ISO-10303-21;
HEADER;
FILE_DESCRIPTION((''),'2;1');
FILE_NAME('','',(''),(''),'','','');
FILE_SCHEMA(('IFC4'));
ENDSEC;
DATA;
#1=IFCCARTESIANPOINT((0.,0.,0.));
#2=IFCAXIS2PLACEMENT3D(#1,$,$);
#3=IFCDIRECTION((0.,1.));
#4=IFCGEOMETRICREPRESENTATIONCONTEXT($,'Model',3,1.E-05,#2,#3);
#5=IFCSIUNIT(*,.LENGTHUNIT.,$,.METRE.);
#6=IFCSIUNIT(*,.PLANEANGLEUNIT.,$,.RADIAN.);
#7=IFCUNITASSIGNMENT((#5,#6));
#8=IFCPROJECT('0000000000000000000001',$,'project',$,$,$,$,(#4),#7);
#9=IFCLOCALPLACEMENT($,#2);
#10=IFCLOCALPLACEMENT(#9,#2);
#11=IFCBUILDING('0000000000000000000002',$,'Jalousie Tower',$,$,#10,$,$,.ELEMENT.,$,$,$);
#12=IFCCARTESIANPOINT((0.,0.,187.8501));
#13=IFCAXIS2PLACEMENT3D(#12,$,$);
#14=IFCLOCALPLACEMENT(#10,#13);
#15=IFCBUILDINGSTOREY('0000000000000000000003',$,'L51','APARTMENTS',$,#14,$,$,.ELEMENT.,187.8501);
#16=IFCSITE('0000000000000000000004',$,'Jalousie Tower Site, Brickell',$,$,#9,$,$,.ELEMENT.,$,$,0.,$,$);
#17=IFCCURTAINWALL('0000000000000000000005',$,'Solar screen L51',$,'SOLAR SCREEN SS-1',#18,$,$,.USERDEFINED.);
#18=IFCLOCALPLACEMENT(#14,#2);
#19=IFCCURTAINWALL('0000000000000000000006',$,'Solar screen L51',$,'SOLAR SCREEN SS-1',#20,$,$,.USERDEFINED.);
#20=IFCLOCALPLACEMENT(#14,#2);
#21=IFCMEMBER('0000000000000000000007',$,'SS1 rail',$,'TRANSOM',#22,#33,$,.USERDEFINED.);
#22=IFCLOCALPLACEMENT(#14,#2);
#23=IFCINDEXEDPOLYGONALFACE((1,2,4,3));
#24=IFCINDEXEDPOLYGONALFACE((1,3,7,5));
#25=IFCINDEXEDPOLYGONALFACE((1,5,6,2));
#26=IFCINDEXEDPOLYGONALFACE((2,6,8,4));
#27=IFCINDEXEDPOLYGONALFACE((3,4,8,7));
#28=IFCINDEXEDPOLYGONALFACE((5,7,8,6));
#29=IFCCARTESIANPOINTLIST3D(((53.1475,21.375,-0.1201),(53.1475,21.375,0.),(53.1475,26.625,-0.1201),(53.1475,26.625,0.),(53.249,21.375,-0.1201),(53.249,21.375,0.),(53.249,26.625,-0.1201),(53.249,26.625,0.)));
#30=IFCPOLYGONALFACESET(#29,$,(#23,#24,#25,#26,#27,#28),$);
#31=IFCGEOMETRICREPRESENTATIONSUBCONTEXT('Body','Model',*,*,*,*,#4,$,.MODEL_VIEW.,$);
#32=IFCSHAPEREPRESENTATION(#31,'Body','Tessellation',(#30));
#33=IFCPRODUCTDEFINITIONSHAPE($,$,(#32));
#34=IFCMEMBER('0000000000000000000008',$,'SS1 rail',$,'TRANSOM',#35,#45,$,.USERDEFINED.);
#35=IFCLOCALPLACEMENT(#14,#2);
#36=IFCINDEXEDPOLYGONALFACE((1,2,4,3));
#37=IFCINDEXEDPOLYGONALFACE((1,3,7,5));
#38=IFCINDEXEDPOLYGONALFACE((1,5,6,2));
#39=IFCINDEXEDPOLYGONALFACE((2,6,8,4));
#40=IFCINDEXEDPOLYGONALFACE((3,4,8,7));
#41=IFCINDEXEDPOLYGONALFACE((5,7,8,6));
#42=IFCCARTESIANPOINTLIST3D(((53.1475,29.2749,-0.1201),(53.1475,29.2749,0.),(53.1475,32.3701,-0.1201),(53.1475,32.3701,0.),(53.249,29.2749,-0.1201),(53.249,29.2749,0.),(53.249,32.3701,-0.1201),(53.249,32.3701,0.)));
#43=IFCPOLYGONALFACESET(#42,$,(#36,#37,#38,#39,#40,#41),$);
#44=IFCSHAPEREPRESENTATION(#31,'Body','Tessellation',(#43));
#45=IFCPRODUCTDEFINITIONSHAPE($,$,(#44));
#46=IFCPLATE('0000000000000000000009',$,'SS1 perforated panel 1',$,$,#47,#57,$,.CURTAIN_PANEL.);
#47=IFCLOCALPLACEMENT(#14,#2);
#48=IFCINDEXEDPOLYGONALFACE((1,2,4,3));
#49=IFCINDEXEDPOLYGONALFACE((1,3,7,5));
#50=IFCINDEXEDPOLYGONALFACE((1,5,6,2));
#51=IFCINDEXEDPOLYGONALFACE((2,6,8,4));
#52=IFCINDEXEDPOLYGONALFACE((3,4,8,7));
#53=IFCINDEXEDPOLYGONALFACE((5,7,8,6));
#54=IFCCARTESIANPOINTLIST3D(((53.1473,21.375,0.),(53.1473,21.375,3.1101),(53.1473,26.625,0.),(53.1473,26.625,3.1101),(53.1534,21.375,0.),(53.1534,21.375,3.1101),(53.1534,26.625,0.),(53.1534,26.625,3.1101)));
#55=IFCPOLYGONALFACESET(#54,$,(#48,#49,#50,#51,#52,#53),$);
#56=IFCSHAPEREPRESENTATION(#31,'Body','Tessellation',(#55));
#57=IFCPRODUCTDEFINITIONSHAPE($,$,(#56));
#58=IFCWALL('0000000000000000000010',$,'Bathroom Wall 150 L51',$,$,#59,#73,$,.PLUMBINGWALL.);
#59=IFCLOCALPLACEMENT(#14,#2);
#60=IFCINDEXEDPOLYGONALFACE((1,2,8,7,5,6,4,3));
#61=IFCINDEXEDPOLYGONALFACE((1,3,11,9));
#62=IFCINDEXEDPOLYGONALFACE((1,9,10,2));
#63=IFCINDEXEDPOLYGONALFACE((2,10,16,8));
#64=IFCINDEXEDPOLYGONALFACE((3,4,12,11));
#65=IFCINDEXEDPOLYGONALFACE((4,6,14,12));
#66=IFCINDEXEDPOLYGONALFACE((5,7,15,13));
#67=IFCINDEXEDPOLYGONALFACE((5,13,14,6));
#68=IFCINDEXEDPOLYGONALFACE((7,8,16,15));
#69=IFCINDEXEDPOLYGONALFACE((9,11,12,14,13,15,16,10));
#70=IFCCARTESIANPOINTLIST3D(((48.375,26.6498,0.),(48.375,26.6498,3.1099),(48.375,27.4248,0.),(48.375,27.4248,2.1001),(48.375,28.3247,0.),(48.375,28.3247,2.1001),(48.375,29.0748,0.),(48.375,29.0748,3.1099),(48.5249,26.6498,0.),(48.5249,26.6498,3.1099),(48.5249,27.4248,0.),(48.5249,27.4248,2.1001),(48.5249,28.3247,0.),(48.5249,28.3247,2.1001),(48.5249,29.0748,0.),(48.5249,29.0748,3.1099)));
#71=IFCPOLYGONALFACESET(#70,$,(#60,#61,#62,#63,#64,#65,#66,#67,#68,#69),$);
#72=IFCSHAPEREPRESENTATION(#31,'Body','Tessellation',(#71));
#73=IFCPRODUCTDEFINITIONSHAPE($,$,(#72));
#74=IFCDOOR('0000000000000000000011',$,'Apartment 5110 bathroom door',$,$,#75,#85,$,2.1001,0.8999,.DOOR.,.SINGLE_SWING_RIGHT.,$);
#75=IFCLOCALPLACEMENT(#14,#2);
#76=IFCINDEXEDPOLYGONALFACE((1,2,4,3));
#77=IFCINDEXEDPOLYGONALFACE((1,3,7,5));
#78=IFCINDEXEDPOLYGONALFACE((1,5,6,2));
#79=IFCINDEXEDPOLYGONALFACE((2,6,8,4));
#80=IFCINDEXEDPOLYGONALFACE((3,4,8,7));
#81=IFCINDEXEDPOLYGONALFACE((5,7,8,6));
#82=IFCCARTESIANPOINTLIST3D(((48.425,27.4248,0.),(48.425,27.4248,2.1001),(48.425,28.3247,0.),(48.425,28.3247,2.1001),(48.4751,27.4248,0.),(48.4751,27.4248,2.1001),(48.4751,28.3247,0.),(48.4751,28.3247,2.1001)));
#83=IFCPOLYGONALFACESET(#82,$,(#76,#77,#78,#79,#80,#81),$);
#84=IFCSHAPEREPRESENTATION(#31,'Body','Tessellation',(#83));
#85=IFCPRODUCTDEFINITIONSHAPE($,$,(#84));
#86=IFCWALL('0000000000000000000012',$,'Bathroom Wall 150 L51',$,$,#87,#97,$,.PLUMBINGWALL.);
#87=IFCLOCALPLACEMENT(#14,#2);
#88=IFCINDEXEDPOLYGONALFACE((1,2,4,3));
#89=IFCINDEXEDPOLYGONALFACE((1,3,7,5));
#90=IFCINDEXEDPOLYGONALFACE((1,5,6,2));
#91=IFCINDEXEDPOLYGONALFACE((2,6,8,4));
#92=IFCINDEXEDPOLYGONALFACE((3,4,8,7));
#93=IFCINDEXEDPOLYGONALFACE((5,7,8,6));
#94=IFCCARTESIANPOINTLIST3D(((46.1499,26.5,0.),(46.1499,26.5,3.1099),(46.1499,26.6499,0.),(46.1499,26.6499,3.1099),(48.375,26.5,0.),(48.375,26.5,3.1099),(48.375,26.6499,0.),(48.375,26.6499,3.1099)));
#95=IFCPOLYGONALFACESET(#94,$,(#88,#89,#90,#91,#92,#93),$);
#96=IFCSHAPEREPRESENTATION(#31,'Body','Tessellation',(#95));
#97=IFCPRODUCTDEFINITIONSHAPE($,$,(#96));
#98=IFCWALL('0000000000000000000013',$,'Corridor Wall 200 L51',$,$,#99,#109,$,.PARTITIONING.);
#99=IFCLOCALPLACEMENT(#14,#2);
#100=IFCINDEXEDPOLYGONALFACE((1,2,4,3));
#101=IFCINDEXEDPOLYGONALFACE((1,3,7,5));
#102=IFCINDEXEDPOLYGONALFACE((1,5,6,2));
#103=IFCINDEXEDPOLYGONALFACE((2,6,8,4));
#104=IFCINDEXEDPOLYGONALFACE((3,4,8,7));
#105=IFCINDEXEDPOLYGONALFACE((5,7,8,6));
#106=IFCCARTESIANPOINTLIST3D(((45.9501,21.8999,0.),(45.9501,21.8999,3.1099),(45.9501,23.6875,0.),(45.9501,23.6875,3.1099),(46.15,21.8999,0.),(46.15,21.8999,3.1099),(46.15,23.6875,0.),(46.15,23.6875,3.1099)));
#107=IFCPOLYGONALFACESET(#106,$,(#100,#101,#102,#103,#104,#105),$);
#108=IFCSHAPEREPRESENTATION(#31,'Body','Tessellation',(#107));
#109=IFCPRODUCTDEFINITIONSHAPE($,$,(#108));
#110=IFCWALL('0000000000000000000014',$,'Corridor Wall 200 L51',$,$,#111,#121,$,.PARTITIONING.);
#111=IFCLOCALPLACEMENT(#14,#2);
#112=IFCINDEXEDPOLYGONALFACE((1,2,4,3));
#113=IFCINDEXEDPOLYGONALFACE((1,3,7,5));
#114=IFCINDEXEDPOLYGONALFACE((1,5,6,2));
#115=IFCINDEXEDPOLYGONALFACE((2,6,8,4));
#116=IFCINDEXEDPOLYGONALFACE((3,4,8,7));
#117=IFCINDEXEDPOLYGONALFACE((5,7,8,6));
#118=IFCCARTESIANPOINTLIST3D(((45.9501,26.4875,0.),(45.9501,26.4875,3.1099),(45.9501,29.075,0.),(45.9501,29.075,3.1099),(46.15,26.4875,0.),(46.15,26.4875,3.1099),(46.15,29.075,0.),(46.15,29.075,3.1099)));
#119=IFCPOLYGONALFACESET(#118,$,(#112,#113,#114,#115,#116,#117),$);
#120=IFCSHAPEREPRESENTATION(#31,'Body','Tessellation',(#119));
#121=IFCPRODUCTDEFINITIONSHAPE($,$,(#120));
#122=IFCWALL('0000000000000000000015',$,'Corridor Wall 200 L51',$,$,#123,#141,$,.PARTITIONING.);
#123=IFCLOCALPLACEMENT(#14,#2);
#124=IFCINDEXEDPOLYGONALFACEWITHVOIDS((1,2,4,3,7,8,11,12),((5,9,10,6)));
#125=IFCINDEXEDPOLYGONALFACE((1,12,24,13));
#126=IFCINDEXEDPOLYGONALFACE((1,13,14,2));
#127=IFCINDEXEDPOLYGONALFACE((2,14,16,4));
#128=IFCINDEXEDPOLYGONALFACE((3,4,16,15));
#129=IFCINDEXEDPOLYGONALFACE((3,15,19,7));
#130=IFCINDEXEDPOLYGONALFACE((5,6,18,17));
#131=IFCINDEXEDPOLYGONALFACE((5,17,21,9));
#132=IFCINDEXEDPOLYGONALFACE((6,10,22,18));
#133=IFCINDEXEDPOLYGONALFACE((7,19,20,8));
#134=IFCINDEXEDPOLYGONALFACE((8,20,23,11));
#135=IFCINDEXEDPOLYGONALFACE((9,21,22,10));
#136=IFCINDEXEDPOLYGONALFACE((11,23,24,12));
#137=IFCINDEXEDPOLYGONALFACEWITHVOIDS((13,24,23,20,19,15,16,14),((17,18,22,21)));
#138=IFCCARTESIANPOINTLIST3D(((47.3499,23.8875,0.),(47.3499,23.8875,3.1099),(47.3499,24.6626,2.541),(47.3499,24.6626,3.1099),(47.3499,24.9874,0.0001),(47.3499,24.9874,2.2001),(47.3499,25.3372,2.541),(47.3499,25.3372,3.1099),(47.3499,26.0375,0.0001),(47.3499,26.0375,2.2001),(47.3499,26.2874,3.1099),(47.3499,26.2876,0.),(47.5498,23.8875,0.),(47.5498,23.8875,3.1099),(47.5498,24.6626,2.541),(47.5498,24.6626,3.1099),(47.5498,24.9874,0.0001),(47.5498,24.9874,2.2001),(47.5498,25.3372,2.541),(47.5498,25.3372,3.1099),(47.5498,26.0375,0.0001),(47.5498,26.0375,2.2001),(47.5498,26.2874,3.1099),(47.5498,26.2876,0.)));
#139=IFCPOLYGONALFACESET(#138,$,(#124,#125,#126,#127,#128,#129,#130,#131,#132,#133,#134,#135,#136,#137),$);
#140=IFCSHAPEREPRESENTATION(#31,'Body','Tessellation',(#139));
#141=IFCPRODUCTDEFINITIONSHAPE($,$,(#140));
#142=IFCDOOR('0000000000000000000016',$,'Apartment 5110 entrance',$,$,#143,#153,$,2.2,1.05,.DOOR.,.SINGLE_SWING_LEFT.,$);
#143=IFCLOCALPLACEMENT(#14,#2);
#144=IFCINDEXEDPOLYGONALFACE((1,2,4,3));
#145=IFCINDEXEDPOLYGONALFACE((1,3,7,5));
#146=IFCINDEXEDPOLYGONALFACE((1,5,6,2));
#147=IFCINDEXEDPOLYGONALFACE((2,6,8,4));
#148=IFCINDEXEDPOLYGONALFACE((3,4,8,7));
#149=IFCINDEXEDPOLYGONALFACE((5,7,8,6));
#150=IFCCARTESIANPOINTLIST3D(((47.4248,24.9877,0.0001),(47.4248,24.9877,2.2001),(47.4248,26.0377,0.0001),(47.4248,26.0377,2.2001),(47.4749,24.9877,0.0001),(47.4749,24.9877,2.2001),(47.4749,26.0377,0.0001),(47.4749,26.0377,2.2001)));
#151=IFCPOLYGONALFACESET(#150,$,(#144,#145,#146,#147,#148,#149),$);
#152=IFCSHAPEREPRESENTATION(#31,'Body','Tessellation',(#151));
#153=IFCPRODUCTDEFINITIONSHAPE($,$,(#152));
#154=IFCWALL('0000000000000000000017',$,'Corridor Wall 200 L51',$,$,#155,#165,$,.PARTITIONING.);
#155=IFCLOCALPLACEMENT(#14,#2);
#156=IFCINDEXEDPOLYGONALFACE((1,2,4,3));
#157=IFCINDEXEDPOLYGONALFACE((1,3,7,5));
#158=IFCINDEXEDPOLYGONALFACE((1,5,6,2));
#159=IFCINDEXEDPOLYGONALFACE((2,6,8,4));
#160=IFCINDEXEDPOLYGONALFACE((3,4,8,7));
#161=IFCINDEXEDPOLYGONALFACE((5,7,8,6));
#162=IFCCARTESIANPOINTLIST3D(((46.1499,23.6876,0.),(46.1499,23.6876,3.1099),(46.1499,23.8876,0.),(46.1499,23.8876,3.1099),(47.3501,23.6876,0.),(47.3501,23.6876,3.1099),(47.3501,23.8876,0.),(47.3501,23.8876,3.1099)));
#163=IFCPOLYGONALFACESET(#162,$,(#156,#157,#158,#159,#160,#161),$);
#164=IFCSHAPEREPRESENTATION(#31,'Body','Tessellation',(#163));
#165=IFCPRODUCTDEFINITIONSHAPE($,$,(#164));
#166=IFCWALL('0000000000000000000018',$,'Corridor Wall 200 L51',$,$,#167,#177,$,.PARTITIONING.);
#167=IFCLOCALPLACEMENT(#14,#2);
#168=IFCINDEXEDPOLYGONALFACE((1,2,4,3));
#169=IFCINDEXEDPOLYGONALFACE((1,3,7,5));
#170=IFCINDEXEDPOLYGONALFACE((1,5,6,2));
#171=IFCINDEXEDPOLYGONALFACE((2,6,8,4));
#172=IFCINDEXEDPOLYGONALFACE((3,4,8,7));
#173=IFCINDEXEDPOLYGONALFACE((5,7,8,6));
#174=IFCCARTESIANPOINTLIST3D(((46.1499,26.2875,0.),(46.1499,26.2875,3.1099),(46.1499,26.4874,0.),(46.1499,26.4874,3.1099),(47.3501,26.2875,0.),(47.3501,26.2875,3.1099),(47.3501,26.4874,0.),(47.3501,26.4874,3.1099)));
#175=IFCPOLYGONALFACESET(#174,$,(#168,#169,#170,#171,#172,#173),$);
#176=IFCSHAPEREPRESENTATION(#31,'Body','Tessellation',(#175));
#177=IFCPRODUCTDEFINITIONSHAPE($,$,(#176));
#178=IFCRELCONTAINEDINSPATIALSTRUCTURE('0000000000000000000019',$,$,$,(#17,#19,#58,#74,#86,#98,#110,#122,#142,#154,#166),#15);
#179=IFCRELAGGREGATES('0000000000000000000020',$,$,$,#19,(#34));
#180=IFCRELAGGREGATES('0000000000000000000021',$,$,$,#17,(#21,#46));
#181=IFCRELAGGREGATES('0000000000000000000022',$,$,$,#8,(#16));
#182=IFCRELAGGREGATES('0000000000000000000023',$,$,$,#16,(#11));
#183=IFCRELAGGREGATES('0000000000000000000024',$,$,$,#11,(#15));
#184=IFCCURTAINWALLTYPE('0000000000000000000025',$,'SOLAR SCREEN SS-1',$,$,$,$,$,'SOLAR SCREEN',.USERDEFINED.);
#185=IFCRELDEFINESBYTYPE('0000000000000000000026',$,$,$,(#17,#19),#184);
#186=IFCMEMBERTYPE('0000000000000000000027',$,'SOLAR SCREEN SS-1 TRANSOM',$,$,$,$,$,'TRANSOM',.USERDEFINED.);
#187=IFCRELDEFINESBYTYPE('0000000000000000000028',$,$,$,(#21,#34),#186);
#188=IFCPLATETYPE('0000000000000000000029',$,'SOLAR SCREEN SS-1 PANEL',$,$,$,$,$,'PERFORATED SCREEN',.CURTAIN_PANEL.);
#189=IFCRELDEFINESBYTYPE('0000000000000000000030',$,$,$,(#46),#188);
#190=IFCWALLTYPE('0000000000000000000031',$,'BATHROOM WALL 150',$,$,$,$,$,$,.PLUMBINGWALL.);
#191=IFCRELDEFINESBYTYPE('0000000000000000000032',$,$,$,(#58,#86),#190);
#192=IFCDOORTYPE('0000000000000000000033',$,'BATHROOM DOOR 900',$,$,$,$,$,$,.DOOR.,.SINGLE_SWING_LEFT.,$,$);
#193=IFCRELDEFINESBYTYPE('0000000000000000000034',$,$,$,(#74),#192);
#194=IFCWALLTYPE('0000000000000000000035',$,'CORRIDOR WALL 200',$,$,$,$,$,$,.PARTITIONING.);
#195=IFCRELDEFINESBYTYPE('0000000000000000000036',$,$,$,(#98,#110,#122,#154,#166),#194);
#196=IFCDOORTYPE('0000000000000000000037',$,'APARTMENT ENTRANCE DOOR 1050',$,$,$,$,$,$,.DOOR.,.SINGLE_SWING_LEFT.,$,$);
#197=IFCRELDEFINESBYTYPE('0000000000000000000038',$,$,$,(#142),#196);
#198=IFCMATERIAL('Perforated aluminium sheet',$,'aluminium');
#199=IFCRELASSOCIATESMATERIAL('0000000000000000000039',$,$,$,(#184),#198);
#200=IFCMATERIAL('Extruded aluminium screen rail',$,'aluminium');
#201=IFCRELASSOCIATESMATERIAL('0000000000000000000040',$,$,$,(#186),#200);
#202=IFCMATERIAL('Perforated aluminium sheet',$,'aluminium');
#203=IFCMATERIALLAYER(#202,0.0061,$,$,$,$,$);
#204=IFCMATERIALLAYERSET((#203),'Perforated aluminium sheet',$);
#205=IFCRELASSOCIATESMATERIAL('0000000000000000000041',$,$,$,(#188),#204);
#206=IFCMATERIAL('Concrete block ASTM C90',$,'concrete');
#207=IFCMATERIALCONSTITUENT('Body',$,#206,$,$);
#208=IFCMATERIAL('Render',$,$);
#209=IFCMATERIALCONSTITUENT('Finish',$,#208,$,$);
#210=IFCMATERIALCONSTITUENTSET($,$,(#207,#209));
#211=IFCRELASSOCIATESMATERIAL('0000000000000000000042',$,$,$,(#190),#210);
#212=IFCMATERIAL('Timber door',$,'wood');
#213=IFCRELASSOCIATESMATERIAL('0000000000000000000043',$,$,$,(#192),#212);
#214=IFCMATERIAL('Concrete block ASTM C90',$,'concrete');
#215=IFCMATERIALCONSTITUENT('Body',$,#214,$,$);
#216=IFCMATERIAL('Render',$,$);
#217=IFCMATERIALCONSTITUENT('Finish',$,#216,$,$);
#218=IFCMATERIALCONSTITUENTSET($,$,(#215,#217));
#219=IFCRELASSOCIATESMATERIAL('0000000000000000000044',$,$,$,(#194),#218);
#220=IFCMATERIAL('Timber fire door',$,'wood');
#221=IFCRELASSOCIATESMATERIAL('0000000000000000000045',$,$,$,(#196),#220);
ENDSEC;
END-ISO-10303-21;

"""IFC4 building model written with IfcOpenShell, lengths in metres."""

from ifc_helpers import new_model, si_unit, direction, frame, frame_2d, origin, origin_2d, place, context, subcontext, project, spatial, polyline, rectangle, outline, extrude, material, layer, layer_set, constituent, constituent_set, material_profile, profile_set, type_object, element, fill, aggregate, save


model = new_model("IFC4")

# Units and contexts
model_context = context("Model", 3, precision=1e-05, world=origin(), true_north=direction((0.0, 1.0)))
body_context = subcontext(model_context, "Body", "Model", "MODEL_VIEW")
ifc_project = project(units=[si_unit("LENGTHUNIT", "METRE"), si_unit("PLANEANGLEUNIT", "RADIAN")], contexts=[model_context])

# Site, building, storey
site_placement = place(None, origin())
site = spatial("IfcSite", under=ifc_project, at=site_placement, Name="Jalousie Tower Site, Brickell", CompositionType="ELEMENT", RefElevation=0.0)
building_placement = place(site_placement, origin())
building = spatial("IfcBuilding", under=site, at=building_placement, Name="Jalousie Tower", CompositionType="ELEMENT")
storey_placement = place(building_placement, frame((0.0, 0.0, 187.8501)))
storey = spatial("IfcBuildingStorey", under=building, at=storey_placement, Name="L51", Description="APARTMENTS", CompositionType="ELEMENT", Elevation=187.8501)

# Curtain wall
ifc_material_1 = material(Name="Perforated aluminium sheet", Category="aluminium")
curtain_wall_type = type_object("IfcCurtainWallType", Name="SOLAR SCREEN SS-1", ElementType="SOLAR SCREEN", PredefinedType="USERDEFINED", material=ifc_material_1)
curtain_wall_1_placement = place(storey_placement, origin())
curtain_wall_1 = element("IfcCurtainWall", 1, at=curtain_wall_1_placement, inside=storey, type_object=curtain_wall_type, Name="Solar screen L51", ObjectType="SOLAR SCREEN SS-1", PredefinedType="USERDEFINED")

# Curtain wall
curtain_wall_2_placement = place(storey_placement, origin())
curtain_wall_2 = element("IfcCurtainWall", 2, at=curtain_wall_2_placement, inside=storey, type_object=curtain_wall_type, Name="Solar screen L51", ObjectType="SOLAR SCREEN SS-1", PredefinedType="USERDEFINED")

# Members
ifc_material_2 = material(Name="Extruded aluminium screen rail", Category="aluminium")
ifc_material_profile_1 = material_profile(ifc_material_2, rectangle(XDim=0.1016, YDim=0.1201, at=origin_2d()), Name="RAIL 102x120")
ifc_profile_set_1 = profile_set([ifc_material_profile_1], Name="Extruded aluminium screen rail")
member_type_1 = type_object("IfcMemberType", Name="SOLAR SCREEN SS-1 TRANSOM", ElementType="TRANSOM", PredefinedType="USERDEFINED", material=ifc_profile_set_1)
member_1_placement = place(storey_placement, frame((53.1982, 21.375, -0.0601), z_axis=(0.0, 1.0, 0.0), x_axis=(-1.0, 0.0, 0.0)))
member_1 = element("IfcMember", 3, at=member_1_placement, type_object=member_type_1, Name="SS1 rail", ObjectType="TRANSOM", PredefinedType="USERDEFINED", context=body_context, shape_type="SweptSolid", body=[
    extrude(rectangle(XDim=0.1016, YDim=0.1201, at=origin_2d()), origin(), (0.0, 0.0, 1.0), 5.25),
])
member_2_placement = place(storey_placement, frame((53.1982, 29.2749, -0.0601), z_axis=(0.0, 1.0, 0.0), x_axis=(-1.0, 0.0, 0.0)))
member_2 = element("IfcMember", 4, at=member_2_placement, type_object=member_type_1, Name="SS1 rail", ObjectType="TRANSOM", PredefinedType="USERDEFINED", context=body_context, shape_type="SweptSolid", body=[
    extrude(rectangle(XDim=0.1016, YDim=0.1201, at=origin_2d()), origin(), (0.0, 0.0, 1.0), 3.0952),
])
aggregate(curtain_wall_2, [member_2])

# Plate
ifc_material_3 = material(Name="Perforated aluminium sheet", Category="aluminium")
ifc_layer_1 = layer(ifc_material_3, 0.0061)
ifc_layer_set_1 = layer_set([ifc_layer_1], Name="Perforated aluminium sheet")
plate_type = type_object("IfcPlateType", Name="SOLAR SCREEN SS-1 PANEL", ElementType="PERFORATED SCREEN", PredefinedType="CURTAIN_PANEL", material=ifc_layer_set_1)
plate_placement = place(storey_placement, frame((53.1504, 24.0, 0.0), z_axis=(0.0, 0.0, 1.0), x_axis=(0.0, 1.0, 0.0)))
plate = element("IfcPlate", 5, at=plate_placement, type_object=plate_type, Name="SS1 perforated panel 1", PredefinedType="CURTAIN_PANEL", context=body_context, shape_type="SweptSolid", body=[
    extrude(rectangle(XDim=5.25, YDim=0.0061, at=origin_2d()), origin(), (0.0, 0.0, 1.0), 3.1101),
])
aggregate(curtain_wall_1, [member_1, plate])

# Wall, opening, door
ifc_material_4 = material(Name="Concrete block ASTM C90", Category="concrete")
ifc_constituent_1 = constituent(ifc_material_4, Name="Body")
ifc_material_5 = material(Name="Render")
ifc_constituent_2 = constituent(ifc_material_5, Name="Finish")
ifc_constituent_set_1 = constituent_set(constituents=[ifc_constituent_1, ifc_constituent_2])
wall_type_1 = type_object("IfcWallType", Name="BATHROOM WALL 150", PredefinedType="PLUMBINGWALL", material=ifc_constituent_set_1)
wall_1_placement = place(storey_placement, frame((48.45, 26.6499, 0.0), z_axis=(0.0, 0.0, 1.0), x_axis=(0.0, 1.0, 0.0)))
wall_1 = element("IfcWall", 6, at=wall_1_placement, inside=storey, type_object=wall_type_1, Name="Bathroom Wall 150 L51", PredefinedType="PLUMBINGWALL", context=body_context, shape_type="SweptSolid", body=[
    extrude(rectangle(XDim=2.425, YDim=0.1499, at=frame_2d((1.2124, 0.0))), origin(), (0.0, 0.0, 1.0), 3.1099),
])
opening_1_placement = place(wall_1_placement, frame((0.7749, 0.0, 0.0)))
opening_1 = element("IfcOpeningElement", 7, at=opening_1_placement, cuts=wall_1, PredefinedType="OPENING", context=body_context, shape_type="SweptSolid", body=[
    extrude(rectangle(XDim=0.8999, YDim=2.1001, at=frame_2d((0.45, 1.05))), frame((0.0, 0.085, 0.0), z_axis=(0.0, -1.0, 0.0), x_axis=(1.0, 0.0, 0.0)), (0.0, 0.0, 1.0), 0.1699),
])
ifc_material_6 = material(Name="Timber door", Category="wood")
door_type_1 = type_object("IfcDoorType", Name="BATHROOM DOOR 900", OperationType="SINGLE_SWING_LEFT", PredefinedType="DOOR", material=ifc_material_6)
door_1_placement = place(opening_1_placement, origin())
door_1 = element("IfcDoor", 8, at=door_1_placement, inside=storey, type_object=door_type_1, Name="Apartment 5110 bathroom door", OperationType="SINGLE_SWING_RIGHT", OverallHeight=2.1001, OverallWidth=0.8999, PredefinedType="DOOR", context=body_context, shape_type="SweptSolid", body=[
    extrude(rectangle(XDim=0.8999, YDim=2.1001, at=frame_2d((0.45, 1.05))), frame((0.0, 0.0249, 0.0), z_axis=(0.0, -1.0, 0.0), x_axis=(1.0, 0.0, 0.0)), (0.0, 0.0, 1.0), 0.05),
])
fill(opening_1, door_1)

# Walls
wall_2_placement = place(storey_placement, frame((48.375, 26.575, 0.0), z_axis=(0.0, 0.0, 1.0), x_axis=(-1.0, 0.0, 0.0)))
element("IfcWall", 9, at=wall_2_placement, inside=storey, type_object=wall_type_1, Name="Bathroom Wall 150 L51", PredefinedType="PLUMBINGWALL", context=body_context, shape_type="SweptSolid", body=[
    extrude(rectangle(XDim=2.2251, YDim=0.1499, at=frame_2d((1.1125, 0.0))), origin(), (0.0, 0.0, 1.0), 3.1099),
])
ifc_material_7 = material(Name="Concrete block ASTM C90", Category="concrete")
ifc_constituent_3 = constituent(ifc_material_7, Name="Body")
ifc_material_8 = material(Name="Render")
ifc_constituent_4 = constituent(ifc_material_8, Name="Finish")
ifc_constituent_set_2 = constituent_set(constituents=[ifc_constituent_3, ifc_constituent_4])
wall_type_2 = type_object("IfcWallType", Name="CORRIDOR WALL 200", PredefinedType="PARTITIONING", material=ifc_constituent_set_2)
wall_3_placement = place(storey_placement, frame((46.05, 21.8999, 0.0), z_axis=(0.0, 0.0, 1.0), x_axis=(0.0, 1.0, 0.0)))
element("IfcWall", 10, at=wall_3_placement, inside=storey, type_object=wall_type_2, Name="Corridor Wall 200 L51", PredefinedType="PARTITIONING", context=body_context, shape_type="SweptSolid", body=[
    extrude(rectangle(XDim=1.7876, YDim=0.2, at=frame_2d((0.8938, 0.0))), origin(), (0.0, 0.0, 1.0), 3.1099),
])
wall_4_placement = place(storey_placement, frame((46.05, 26.4875, 0.0), z_axis=(0.0, 0.0, 1.0), x_axis=(0.0, 1.0, 0.0)))
element("IfcWall", 11, at=wall_4_placement, inside=storey, type_object=wall_type_2, Name="Corridor Wall 200 L51", PredefinedType="PARTITIONING", context=body_context, shape_type="SweptSolid", body=[
    extrude(rectangle(XDim=2.5874, YDim=0.2, at=frame_2d((1.2937, 0.0))), origin(), (0.0, 0.0, 1.0), 3.1099),
])

# Wall, opening, door
wall_5_placement = place(storey_placement, frame((47.45, 23.8875, 0.0), z_axis=(0.0, 0.0, 1.0), x_axis=(0.0, 1.0, 0.0)))
wall_5 = element("IfcWall", 12, at=wall_5_placement, inside=storey, type_object=wall_type_2, Name="Corridor Wall 200 L51", PredefinedType="PARTITIONING", context=body_context, shape_type="SweptSolid", body=[
    extrude(outline(polyline([(0.0, 0.0), (2.4001, 0.0), (2.3999, 3.1099), (1.4497, 3.1099), (1.4497, 2.541), (0.7751, 2.541), (0.7751, 3.1099), (0.0, 3.1099), (0.0, 0.0)])), frame((0.0, 0.1001, 0.0), z_axis=(0.0, -1.0, 0.0), x_axis=(1.0, 0.0, 0.0)), (0.0, 0.0, 1.0), 0.2),
])
opening_2_placement = place(wall_5_placement, frame((1.1001, 0.0, 0.0)))
opening_2 = element("IfcOpeningElement", 13, at=opening_2_placement, cuts=wall_5, PredefinedType="OPENING", context=body_context, shape_type="SweptSolid", body=[
    extrude(rectangle(XDim=1.05, YDim=2.2, at=frame_2d((0.5249, 1.1001))), frame((0.0, 0.1099, 0.0), z_axis=(0.0, -1.0, 0.0), x_axis=(1.0, 0.0, 0.0)), (0.0, 0.0, 1.0), 0.22),
])
ifc_material_9 = material(Name="Timber fire door", Category="wood")
door_type_2 = type_object("IfcDoorType", Name="APARTMENT ENTRANCE DOOR 1050", OperationType="SINGLE_SWING_LEFT", PredefinedType="DOOR", material=ifc_material_9)
door_2_placement = place(opening_2_placement, frame((1.05, 0.0, 0.0), z_axis=(0.0, 0.0, 1.0), x_axis=(-1.0, 0.0, 0.0)))
door_2 = element("IfcDoor", 14, at=door_2_placement, inside=storey, type_object=door_type_2, Name="Apartment 5110 entrance", OperationType="SINGLE_SWING_LEFT", OverallHeight=2.2, OverallWidth=1.05, PredefinedType="DOOR", context=body_context, shape_type="SweptSolid", body=[
    extrude(rectangle(XDim=1.05, YDim=2.2, at=frame_2d((0.5249, 1.1001))), frame((0.0, 0.0249, 0.0), z_axis=(0.0, -1.0, 0.0), x_axis=(1.0, 0.0, 0.0)), (0.0, 0.0, 1.0), 0.05),
])
fill(opening_2, door_2)

# Walls
for number, where, z_axis, x_axis, name in (
    (15, (46.1499, 23.7876, 0.0), (0.0, 0.0, 1.0), (1.0, 0.0, 0.0), "Corridor Wall 200 L51"),
    (16, (46.1499, 26.3875, 0.0), (0.0, 0.0, 1.0), (1.0, 0.0, 0.0), "Corridor Wall 200 L51"),
):
    element("IfcWall", number, at=place(storey_placement, frame(where, z_axis=z_axis, x_axis=x_axis)), inside=storey, type_object=wall_type_2, Name=name, PredefinedType="PARTITIONING", context=body_context, shape_type="SweptSolid", body=[
        extrude(rectangle(XDim=1.2002, YDim=0.2, at=frame_2d((0.6001, 0.0))), origin(), (0.0, 0.0, 1.0), 3.1099),
    ])

save(model, "model.ifc")
